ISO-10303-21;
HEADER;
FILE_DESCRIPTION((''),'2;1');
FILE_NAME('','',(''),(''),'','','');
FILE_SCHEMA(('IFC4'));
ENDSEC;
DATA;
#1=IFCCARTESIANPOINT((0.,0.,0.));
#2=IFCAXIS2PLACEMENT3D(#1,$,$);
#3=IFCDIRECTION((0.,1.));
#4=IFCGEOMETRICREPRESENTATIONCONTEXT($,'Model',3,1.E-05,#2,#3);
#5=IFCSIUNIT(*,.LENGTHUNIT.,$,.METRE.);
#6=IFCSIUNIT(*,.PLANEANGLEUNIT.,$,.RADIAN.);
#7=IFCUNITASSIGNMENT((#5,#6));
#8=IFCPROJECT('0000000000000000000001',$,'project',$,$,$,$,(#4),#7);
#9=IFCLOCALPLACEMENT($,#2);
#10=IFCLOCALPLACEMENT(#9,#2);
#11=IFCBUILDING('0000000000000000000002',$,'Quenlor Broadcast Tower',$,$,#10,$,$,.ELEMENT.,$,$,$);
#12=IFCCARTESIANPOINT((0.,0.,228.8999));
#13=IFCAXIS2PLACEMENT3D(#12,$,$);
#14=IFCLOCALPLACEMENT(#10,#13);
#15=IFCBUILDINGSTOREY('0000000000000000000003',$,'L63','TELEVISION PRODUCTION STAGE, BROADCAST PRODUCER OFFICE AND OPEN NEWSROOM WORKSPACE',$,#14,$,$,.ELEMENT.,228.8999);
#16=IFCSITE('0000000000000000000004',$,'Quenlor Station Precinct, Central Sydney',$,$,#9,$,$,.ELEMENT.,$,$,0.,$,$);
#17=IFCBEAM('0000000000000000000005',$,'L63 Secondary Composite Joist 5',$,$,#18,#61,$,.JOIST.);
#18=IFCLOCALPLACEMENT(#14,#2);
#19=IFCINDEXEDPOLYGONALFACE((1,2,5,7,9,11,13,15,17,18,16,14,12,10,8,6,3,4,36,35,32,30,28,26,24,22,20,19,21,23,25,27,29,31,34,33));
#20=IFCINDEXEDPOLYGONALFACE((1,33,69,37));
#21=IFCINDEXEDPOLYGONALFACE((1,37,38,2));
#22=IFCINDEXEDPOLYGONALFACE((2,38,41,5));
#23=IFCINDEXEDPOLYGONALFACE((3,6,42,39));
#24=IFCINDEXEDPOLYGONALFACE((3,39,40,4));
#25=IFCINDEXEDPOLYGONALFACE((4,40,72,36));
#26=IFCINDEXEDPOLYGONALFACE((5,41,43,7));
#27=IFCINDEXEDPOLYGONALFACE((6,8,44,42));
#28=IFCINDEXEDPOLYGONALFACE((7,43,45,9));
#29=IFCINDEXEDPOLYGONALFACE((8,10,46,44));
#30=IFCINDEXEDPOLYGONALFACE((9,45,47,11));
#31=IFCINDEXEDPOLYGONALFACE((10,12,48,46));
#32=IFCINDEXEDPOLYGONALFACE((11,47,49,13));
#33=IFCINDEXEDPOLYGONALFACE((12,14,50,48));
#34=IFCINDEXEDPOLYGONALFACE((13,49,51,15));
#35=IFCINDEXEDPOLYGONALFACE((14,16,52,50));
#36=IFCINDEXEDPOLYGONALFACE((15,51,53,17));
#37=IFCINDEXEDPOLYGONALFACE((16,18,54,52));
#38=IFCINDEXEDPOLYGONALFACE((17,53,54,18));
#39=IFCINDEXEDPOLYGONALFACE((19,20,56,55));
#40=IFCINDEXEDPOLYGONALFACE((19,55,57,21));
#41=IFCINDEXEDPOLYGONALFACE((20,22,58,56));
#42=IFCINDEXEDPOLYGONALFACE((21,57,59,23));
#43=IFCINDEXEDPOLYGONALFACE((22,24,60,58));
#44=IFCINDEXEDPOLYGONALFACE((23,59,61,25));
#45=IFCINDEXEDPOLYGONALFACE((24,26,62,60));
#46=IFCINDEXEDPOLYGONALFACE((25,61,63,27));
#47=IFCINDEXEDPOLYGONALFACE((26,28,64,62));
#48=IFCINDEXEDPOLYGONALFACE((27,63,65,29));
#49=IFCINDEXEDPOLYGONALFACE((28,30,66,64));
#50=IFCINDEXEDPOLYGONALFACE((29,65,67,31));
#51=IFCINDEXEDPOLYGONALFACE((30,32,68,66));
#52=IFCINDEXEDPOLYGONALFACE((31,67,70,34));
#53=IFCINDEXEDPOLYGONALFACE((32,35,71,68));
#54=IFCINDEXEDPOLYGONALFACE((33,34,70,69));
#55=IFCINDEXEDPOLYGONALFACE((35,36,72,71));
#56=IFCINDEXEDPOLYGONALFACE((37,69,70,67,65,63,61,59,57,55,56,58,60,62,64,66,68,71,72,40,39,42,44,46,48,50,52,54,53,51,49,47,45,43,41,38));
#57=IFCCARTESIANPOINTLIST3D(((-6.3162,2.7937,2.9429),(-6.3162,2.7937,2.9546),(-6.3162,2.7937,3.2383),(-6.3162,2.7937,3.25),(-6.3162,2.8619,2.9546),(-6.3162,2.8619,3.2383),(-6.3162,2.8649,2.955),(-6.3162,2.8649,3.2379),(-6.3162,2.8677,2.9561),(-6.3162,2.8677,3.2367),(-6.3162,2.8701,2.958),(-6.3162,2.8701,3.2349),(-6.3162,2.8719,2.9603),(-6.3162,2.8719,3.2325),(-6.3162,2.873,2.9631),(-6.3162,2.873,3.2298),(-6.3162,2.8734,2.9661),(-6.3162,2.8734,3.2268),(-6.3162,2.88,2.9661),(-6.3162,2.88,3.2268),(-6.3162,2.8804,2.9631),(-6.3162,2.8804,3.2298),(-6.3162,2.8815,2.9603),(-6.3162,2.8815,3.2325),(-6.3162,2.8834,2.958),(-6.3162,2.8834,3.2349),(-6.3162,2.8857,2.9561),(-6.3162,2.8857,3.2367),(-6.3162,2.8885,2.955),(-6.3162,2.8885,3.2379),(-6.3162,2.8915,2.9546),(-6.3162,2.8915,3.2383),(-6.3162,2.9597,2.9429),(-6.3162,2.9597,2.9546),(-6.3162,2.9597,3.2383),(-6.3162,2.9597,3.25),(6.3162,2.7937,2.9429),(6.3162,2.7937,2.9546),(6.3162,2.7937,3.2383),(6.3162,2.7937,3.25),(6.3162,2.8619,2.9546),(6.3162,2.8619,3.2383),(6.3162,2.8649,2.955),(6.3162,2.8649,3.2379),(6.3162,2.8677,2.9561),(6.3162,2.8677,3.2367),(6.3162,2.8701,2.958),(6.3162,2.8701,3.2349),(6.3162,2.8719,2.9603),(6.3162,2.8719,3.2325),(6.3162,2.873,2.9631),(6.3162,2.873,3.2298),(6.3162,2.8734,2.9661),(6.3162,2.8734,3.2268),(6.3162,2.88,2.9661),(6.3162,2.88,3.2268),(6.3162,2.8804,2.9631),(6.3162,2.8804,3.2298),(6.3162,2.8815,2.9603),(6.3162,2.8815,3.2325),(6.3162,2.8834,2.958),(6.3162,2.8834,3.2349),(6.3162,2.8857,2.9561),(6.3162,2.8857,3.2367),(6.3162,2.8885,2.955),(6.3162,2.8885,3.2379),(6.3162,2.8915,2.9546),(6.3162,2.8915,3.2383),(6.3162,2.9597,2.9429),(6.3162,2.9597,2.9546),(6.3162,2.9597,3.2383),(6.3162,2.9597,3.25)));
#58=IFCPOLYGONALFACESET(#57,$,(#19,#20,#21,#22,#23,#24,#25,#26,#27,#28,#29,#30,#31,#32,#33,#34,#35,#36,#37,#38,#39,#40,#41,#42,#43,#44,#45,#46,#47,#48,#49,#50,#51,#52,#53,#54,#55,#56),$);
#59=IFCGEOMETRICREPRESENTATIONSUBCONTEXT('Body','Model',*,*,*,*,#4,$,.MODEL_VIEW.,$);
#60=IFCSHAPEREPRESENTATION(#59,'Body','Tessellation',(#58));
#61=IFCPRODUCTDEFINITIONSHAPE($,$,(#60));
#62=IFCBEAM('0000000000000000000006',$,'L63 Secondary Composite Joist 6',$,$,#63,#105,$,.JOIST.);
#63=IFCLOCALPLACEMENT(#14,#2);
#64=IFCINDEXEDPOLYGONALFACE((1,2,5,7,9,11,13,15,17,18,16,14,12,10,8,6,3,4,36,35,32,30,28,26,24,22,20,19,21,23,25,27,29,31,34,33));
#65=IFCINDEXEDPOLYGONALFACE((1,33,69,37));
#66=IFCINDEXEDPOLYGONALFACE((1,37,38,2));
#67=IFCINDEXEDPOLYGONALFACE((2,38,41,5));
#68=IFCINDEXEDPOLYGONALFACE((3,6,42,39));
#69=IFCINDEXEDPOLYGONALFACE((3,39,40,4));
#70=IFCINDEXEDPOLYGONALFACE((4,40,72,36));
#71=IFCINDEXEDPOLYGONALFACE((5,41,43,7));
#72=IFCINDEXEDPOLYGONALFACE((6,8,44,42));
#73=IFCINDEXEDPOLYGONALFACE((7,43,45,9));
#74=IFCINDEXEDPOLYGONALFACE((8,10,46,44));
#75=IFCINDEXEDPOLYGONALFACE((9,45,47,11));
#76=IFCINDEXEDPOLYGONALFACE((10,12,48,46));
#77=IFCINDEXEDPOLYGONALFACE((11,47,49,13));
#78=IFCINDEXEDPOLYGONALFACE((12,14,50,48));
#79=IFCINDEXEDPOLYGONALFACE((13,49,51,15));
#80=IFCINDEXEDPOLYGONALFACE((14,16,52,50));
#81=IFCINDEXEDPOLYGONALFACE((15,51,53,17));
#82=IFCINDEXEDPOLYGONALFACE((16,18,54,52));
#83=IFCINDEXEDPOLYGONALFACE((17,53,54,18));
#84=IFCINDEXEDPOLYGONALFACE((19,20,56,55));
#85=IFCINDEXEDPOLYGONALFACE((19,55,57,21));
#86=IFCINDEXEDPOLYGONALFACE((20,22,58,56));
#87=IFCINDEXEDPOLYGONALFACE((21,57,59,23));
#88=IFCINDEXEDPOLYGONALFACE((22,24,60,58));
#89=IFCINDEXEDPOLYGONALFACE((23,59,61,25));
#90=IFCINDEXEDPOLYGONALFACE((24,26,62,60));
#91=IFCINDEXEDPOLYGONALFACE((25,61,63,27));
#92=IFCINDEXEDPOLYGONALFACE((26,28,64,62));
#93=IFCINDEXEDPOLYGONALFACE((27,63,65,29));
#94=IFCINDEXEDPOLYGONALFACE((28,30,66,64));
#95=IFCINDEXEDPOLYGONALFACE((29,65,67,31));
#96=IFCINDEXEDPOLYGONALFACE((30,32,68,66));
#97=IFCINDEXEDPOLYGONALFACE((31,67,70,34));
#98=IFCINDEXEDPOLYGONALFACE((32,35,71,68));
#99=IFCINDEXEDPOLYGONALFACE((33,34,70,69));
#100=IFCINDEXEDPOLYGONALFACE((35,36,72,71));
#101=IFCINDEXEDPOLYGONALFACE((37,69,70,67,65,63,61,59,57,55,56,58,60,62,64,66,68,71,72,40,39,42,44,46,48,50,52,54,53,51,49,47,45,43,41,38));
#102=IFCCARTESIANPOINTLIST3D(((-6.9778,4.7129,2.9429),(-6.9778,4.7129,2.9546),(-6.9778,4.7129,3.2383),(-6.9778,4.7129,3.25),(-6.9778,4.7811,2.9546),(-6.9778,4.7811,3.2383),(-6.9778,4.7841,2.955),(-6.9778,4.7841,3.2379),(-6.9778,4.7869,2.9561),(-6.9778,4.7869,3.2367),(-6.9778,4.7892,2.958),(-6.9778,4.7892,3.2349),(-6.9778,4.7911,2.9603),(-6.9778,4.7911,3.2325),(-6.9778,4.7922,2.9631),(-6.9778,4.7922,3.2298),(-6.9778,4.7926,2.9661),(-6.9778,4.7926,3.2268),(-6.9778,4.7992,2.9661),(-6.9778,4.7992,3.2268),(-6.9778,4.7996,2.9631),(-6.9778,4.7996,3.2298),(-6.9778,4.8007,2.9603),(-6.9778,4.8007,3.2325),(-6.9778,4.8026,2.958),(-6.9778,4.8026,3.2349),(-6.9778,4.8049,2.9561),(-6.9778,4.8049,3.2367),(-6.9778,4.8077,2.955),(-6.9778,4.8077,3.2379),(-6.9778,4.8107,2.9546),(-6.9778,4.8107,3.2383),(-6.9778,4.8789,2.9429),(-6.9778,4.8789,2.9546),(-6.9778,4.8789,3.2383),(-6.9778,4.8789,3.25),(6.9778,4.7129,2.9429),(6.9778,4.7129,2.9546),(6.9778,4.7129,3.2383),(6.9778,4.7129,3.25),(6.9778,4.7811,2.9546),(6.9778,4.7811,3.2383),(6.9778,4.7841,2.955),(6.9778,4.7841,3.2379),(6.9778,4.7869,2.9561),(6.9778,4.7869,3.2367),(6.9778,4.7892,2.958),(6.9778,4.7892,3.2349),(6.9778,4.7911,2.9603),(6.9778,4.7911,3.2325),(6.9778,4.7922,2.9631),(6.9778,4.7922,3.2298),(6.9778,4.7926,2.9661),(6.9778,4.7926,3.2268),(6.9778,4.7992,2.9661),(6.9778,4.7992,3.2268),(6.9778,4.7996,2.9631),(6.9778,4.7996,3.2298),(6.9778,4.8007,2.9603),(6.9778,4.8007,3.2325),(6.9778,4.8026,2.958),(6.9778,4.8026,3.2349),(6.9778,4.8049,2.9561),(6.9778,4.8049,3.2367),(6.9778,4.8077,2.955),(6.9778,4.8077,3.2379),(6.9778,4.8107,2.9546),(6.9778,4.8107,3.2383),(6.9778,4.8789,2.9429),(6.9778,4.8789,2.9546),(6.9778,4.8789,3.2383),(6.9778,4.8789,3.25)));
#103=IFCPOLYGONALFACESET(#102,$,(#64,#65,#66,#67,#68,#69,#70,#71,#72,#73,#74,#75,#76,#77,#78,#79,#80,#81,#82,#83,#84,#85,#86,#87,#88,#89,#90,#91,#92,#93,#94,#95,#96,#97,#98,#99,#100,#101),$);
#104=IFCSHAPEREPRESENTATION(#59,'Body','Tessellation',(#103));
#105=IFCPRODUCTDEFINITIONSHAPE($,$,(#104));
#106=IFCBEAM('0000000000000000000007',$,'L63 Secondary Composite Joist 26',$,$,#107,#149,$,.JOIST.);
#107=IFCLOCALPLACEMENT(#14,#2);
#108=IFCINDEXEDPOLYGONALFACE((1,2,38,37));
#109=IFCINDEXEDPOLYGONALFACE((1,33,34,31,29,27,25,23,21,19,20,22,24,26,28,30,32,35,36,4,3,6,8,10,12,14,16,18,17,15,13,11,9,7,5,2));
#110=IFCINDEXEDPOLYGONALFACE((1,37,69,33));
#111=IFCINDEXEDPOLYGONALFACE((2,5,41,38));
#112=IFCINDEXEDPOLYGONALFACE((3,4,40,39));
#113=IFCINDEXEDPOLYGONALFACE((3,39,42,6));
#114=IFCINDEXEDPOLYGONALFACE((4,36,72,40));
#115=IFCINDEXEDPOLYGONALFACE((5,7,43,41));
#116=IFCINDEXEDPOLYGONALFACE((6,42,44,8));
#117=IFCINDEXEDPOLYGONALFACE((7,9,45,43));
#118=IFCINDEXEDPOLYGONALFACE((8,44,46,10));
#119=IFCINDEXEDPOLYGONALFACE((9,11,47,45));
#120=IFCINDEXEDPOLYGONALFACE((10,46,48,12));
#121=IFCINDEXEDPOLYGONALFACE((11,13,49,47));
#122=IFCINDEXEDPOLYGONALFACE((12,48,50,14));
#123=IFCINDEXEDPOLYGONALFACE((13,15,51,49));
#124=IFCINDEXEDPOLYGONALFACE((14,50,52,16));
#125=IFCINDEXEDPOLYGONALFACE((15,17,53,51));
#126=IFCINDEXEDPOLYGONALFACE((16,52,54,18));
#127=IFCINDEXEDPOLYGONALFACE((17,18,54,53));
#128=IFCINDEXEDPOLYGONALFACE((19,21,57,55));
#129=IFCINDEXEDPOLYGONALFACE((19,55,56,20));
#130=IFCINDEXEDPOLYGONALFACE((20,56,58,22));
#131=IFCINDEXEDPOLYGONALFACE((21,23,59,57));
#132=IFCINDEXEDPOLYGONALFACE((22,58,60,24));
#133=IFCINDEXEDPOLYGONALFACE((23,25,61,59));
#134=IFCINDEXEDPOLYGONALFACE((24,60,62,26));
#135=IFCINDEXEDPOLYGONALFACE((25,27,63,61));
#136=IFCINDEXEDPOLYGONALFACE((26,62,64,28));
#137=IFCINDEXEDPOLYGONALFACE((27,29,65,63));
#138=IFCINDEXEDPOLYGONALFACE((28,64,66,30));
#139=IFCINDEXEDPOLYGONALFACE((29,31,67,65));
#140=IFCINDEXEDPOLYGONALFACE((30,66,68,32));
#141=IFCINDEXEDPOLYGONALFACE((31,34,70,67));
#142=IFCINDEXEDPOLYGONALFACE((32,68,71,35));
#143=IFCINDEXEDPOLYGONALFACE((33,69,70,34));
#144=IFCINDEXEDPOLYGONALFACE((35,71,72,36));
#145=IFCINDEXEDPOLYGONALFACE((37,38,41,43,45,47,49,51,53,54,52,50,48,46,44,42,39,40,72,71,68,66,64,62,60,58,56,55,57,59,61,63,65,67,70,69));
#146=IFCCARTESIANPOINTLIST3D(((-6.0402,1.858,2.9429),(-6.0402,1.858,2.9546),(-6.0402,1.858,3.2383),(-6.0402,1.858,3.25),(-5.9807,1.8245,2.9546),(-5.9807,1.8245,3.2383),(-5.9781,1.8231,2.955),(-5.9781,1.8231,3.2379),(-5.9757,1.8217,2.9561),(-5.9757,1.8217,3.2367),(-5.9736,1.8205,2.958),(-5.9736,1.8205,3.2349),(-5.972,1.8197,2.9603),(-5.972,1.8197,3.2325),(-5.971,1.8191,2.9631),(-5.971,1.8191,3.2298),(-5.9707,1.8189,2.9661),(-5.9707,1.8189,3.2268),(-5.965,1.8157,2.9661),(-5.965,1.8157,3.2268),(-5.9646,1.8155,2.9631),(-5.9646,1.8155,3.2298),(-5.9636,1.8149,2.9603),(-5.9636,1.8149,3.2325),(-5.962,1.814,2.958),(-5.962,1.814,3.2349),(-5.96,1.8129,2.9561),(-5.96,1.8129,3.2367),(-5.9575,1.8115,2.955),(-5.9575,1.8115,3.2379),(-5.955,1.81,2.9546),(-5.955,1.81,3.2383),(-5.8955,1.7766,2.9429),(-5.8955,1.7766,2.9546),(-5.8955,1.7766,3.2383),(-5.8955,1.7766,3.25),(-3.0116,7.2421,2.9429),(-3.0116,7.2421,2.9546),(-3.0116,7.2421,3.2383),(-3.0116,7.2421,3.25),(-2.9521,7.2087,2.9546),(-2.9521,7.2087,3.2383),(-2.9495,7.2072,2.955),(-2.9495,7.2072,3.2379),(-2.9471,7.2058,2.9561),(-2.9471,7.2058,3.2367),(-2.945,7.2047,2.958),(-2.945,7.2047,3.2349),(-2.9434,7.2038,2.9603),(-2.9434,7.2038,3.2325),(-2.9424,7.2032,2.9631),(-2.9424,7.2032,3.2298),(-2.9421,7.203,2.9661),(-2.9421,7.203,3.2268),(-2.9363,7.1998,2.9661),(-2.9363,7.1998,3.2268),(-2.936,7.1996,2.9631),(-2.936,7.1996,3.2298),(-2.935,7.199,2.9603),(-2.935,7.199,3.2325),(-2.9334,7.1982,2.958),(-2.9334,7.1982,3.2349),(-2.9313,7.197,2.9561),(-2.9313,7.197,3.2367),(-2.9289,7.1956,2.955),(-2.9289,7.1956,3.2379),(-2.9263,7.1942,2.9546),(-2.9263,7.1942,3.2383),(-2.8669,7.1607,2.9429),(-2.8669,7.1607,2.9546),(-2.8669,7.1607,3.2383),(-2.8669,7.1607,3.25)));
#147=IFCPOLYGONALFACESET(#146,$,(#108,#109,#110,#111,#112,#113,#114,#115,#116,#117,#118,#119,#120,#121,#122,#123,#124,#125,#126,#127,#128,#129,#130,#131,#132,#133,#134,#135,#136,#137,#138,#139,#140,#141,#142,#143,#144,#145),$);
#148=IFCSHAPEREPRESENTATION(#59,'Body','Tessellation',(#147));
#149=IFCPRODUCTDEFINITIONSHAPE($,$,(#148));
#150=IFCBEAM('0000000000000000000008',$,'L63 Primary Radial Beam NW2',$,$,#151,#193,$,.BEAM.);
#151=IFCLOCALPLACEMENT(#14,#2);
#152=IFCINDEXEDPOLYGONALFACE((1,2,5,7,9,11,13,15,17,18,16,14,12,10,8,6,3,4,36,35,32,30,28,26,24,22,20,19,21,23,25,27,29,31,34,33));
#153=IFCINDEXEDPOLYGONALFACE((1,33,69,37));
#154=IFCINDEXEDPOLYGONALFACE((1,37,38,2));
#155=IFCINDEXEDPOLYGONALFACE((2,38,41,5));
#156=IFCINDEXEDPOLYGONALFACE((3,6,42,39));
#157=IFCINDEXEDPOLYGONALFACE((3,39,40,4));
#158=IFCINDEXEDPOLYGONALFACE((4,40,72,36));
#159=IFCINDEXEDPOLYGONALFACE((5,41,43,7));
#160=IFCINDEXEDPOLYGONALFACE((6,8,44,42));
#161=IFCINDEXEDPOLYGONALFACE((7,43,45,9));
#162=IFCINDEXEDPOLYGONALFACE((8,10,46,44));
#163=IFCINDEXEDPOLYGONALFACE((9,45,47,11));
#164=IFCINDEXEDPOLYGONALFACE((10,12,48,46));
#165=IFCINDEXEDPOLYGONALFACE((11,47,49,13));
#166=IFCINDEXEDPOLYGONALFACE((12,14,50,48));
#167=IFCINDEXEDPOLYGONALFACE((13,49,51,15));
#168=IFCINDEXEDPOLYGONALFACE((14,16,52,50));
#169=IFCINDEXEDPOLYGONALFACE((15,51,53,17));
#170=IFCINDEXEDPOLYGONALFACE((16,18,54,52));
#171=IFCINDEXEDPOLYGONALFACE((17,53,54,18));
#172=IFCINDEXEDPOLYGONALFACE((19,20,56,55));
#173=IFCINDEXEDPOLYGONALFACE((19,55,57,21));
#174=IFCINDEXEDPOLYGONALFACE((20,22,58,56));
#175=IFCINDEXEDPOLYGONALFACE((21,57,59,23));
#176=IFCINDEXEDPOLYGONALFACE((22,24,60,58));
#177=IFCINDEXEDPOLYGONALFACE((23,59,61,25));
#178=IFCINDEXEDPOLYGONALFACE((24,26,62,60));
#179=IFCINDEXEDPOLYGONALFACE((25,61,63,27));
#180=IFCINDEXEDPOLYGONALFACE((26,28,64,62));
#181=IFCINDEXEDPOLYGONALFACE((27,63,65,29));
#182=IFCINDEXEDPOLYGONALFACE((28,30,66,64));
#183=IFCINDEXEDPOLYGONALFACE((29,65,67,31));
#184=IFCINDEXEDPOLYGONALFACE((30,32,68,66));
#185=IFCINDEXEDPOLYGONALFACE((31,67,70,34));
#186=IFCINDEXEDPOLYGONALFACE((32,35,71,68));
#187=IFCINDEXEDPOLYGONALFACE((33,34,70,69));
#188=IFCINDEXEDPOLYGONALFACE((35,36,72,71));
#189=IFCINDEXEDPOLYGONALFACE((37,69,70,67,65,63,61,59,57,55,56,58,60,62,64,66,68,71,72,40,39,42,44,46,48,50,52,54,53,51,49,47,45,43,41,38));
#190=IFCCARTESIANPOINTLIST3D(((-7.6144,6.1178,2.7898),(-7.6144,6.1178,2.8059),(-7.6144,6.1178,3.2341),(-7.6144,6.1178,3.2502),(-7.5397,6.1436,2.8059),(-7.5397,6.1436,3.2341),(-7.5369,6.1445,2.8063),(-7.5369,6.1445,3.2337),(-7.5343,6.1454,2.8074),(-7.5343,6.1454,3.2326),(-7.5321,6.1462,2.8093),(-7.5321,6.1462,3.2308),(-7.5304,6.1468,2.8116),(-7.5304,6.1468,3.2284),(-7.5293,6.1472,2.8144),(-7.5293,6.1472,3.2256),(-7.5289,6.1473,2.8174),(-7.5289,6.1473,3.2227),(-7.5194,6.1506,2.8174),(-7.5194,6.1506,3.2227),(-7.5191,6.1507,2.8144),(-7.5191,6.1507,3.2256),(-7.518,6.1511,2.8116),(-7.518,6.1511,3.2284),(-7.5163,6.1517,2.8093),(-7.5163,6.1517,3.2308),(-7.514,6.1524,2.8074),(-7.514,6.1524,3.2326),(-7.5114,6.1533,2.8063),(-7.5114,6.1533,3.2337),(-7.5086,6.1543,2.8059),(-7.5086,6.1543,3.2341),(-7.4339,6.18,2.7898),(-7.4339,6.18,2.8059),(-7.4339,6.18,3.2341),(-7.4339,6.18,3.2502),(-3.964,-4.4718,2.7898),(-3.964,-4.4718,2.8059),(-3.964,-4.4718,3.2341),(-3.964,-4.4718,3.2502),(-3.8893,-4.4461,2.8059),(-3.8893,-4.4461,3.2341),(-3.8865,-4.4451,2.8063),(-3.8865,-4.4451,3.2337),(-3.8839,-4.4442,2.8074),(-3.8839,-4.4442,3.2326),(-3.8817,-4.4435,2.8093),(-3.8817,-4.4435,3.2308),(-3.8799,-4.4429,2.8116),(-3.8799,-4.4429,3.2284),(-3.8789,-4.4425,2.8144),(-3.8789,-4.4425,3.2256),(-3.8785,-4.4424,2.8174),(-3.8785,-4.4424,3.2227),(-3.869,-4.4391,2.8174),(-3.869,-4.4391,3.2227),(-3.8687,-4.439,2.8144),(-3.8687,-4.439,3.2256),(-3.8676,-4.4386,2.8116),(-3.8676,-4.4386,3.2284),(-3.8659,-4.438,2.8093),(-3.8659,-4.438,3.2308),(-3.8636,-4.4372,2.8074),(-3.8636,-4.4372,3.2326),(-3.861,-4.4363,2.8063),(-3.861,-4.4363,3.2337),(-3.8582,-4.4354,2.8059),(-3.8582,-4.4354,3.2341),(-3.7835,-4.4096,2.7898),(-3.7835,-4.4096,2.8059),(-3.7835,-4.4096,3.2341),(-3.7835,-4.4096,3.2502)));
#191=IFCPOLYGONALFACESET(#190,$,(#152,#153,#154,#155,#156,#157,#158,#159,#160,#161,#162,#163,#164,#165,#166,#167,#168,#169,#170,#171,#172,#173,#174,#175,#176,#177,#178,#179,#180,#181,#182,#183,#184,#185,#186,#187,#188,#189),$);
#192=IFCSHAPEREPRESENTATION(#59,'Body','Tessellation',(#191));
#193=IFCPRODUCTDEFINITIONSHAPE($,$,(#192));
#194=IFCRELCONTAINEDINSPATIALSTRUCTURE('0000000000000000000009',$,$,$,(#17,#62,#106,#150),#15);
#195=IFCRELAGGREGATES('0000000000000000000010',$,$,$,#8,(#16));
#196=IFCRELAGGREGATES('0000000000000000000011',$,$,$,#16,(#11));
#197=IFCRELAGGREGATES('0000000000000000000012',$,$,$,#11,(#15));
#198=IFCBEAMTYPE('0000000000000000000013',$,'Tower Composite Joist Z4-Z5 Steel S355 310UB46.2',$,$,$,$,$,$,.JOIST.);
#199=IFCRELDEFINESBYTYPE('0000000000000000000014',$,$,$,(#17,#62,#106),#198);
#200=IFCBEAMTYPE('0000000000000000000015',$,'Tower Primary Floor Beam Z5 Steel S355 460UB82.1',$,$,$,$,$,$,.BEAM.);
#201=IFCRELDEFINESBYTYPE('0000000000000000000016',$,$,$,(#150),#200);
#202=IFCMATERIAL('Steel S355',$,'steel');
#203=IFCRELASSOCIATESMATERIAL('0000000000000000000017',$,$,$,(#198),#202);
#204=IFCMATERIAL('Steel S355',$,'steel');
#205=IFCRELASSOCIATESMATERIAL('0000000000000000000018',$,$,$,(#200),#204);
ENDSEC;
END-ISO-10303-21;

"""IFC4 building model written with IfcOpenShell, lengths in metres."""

from ifc_helpers import new_model, si_unit, direction, frame, origin, origin_2d, place, context, subcontext, project, spatial, i_section, extrude, material, material_profile, profile_set, type_object, element, save


model = new_model("IFC4")

# Units and contexts
model_context = context("Model", 3, precision=1e-05, world=origin(), true_north=direction((0.0, 1.0)))
body_context = subcontext(model_context, "Body", "Model", "MODEL_VIEW")
ifc_project = project(units=[si_unit("LENGTHUNIT", "METRE"), si_unit("PLANEANGLEUNIT", "RADIAN")], contexts=[model_context])

# Site, building, storey
site_placement = place(None, origin())
site = spatial("IfcSite", under=ifc_project, at=site_placement, Name="Quenlor Station Precinct, Central Sydney", CompositionType="ELEMENT", RefElevation=0.0)
building_placement = place(site_placement, origin())
building = spatial("IfcBuilding", under=site, at=building_placement, Name="Quenlor Broadcast Tower", CompositionType="ELEMENT")
storey_placement = place(building_placement, frame((0.0, 0.0, 228.8999)))
storey = spatial("IfcBuildingStorey", under=building, at=storey_placement, Name="L63", Description="TELEVISION PRODUCTION STAGE, BROADCAST PRODUCER OFFICE AND OPEN NEWSROOM WORKSPACE", CompositionType="ELEMENT", Elevation=228.8999)

# Beams
ifc_material_1 = material(Name="Steel S355", Category="steel")
ifc_material_profile_1 = material_profile(ifc_material_1, i_section(OverallWidth=0.166, OverallDepth=0.3071, WebThickness=0.0066, FlangeThickness=0.0117, FilletRadius=0.0115, at=origin_2d()))
ifc_profile_set_1 = profile_set([ifc_material_profile_1], Name="Steel S355 310UB46.2")
beam_type_1 = type_object("IfcBeamType", Name="Tower Composite Joist Z4-Z5 Steel S355 310UB46.2", PredefinedType="JOIST", material=ifc_profile_set_1)
beam_1_placement = place(storey_placement, frame((-6.3162, 2.8767, 3.0964), z_axis=(1.0, 0.0, 0.0), x_axis=(0.0, 1.0, 0.0)))
element("IfcBeam", 1, at=beam_1_placement, inside=storey, type_object=beam_type_1, Name="L63 Secondary Composite Joist 5", PredefinedType="JOIST", context=body_context, shape_type="SweptSolid", body=[
    extrude(i_section(OverallWidth=0.166, OverallDepth=0.3071, WebThickness=0.0066, FlangeThickness=0.0117, FilletRadius=0.0115, at=origin_2d()), origin(), (0.0, 0.0, 1.0), 12.6323),
])
beam_2_placement = place(storey_placement, frame((-6.9778, 4.7959, 3.0964), z_axis=(1.0, 0.0, 0.0), x_axis=(0.0, 1.0, 0.0)))
element("IfcBeam", 2, at=beam_2_placement, inside=storey, type_object=beam_type_1, Name="L63 Secondary Composite Joist 6", PredefinedType="JOIST", context=body_context, shape_type="SweptSolid", body=[
    extrude(i_section(OverallWidth=0.166, OverallDepth=0.3071, WebThickness=0.0066, FlangeThickness=0.0117, FilletRadius=0.0115, at=origin_2d()), origin(), (0.0, 0.0, 1.0), 13.9556),
])
beam_3_placement = place(storey_placement, frame((-2.9392, 7.2014, 3.0964), z_axis=(-0.490267, -0.871572, 0.0), x_axis=(0.871572, -0.490267, 0.0)))
element("IfcBeam", 3, at=beam_3_placement, inside=storey, type_object=beam_type_1, Name="L63 Secondary Composite Joist 26", PredefinedType="JOIST", context=body_context, shape_type="SweptSolid", body=[
    extrude(i_section(OverallWidth=0.166, OverallDepth=0.3071, WebThickness=0.0066, FlangeThickness=0.0117, FilletRadius=0.0115, at=origin_2d()), origin(), (0.0, 0.0, 1.0), 6.1775),
])
ifc_material_2 = material(Name="Steel S355", Category="steel")
ifc_material_profile_2 = material_profile(ifc_material_2, i_section(OverallWidth=0.1909, OverallDepth=0.4604, WebThickness=0.01, FlangeThickness=0.0161, FilletRadius=0.0115, at=origin_2d()))
ifc_profile_set_2 = profile_set([ifc_material_profile_2], Name="Steel S355 460UB82.1")
beam_type_2 = type_object("IfcBeamType", Name="Tower Primary Floor Beam Z5 Steel S355 460UB82.1", PredefinedType="BEAM", material=ifc_profile_set_2)
beam_4_placement = place(storey_placement, frame((-7.5242, 6.1489, 3.02), z_axis=(0.325895, -0.945406, 0.0), x_axis=(0.945406, 0.325895, 0.0)))
element("IfcBeam", 4, at=beam_4_placement, inside=storey, type_object=beam_type_2, Name="L63 Primary Radial Beam NW2", PredefinedType="BEAM", context=body_context, shape_type="SweptSolid", body=[
    extrude(i_section(OverallWidth=0.1909, OverallDepth=0.4604, WebThickness=0.01, FlangeThickness=0.0161, FilletRadius=0.0115, at=origin_2d()), origin(), (0.0, 0.0, 1.0), 11.2012),
])

save(model, "model.ifc")
